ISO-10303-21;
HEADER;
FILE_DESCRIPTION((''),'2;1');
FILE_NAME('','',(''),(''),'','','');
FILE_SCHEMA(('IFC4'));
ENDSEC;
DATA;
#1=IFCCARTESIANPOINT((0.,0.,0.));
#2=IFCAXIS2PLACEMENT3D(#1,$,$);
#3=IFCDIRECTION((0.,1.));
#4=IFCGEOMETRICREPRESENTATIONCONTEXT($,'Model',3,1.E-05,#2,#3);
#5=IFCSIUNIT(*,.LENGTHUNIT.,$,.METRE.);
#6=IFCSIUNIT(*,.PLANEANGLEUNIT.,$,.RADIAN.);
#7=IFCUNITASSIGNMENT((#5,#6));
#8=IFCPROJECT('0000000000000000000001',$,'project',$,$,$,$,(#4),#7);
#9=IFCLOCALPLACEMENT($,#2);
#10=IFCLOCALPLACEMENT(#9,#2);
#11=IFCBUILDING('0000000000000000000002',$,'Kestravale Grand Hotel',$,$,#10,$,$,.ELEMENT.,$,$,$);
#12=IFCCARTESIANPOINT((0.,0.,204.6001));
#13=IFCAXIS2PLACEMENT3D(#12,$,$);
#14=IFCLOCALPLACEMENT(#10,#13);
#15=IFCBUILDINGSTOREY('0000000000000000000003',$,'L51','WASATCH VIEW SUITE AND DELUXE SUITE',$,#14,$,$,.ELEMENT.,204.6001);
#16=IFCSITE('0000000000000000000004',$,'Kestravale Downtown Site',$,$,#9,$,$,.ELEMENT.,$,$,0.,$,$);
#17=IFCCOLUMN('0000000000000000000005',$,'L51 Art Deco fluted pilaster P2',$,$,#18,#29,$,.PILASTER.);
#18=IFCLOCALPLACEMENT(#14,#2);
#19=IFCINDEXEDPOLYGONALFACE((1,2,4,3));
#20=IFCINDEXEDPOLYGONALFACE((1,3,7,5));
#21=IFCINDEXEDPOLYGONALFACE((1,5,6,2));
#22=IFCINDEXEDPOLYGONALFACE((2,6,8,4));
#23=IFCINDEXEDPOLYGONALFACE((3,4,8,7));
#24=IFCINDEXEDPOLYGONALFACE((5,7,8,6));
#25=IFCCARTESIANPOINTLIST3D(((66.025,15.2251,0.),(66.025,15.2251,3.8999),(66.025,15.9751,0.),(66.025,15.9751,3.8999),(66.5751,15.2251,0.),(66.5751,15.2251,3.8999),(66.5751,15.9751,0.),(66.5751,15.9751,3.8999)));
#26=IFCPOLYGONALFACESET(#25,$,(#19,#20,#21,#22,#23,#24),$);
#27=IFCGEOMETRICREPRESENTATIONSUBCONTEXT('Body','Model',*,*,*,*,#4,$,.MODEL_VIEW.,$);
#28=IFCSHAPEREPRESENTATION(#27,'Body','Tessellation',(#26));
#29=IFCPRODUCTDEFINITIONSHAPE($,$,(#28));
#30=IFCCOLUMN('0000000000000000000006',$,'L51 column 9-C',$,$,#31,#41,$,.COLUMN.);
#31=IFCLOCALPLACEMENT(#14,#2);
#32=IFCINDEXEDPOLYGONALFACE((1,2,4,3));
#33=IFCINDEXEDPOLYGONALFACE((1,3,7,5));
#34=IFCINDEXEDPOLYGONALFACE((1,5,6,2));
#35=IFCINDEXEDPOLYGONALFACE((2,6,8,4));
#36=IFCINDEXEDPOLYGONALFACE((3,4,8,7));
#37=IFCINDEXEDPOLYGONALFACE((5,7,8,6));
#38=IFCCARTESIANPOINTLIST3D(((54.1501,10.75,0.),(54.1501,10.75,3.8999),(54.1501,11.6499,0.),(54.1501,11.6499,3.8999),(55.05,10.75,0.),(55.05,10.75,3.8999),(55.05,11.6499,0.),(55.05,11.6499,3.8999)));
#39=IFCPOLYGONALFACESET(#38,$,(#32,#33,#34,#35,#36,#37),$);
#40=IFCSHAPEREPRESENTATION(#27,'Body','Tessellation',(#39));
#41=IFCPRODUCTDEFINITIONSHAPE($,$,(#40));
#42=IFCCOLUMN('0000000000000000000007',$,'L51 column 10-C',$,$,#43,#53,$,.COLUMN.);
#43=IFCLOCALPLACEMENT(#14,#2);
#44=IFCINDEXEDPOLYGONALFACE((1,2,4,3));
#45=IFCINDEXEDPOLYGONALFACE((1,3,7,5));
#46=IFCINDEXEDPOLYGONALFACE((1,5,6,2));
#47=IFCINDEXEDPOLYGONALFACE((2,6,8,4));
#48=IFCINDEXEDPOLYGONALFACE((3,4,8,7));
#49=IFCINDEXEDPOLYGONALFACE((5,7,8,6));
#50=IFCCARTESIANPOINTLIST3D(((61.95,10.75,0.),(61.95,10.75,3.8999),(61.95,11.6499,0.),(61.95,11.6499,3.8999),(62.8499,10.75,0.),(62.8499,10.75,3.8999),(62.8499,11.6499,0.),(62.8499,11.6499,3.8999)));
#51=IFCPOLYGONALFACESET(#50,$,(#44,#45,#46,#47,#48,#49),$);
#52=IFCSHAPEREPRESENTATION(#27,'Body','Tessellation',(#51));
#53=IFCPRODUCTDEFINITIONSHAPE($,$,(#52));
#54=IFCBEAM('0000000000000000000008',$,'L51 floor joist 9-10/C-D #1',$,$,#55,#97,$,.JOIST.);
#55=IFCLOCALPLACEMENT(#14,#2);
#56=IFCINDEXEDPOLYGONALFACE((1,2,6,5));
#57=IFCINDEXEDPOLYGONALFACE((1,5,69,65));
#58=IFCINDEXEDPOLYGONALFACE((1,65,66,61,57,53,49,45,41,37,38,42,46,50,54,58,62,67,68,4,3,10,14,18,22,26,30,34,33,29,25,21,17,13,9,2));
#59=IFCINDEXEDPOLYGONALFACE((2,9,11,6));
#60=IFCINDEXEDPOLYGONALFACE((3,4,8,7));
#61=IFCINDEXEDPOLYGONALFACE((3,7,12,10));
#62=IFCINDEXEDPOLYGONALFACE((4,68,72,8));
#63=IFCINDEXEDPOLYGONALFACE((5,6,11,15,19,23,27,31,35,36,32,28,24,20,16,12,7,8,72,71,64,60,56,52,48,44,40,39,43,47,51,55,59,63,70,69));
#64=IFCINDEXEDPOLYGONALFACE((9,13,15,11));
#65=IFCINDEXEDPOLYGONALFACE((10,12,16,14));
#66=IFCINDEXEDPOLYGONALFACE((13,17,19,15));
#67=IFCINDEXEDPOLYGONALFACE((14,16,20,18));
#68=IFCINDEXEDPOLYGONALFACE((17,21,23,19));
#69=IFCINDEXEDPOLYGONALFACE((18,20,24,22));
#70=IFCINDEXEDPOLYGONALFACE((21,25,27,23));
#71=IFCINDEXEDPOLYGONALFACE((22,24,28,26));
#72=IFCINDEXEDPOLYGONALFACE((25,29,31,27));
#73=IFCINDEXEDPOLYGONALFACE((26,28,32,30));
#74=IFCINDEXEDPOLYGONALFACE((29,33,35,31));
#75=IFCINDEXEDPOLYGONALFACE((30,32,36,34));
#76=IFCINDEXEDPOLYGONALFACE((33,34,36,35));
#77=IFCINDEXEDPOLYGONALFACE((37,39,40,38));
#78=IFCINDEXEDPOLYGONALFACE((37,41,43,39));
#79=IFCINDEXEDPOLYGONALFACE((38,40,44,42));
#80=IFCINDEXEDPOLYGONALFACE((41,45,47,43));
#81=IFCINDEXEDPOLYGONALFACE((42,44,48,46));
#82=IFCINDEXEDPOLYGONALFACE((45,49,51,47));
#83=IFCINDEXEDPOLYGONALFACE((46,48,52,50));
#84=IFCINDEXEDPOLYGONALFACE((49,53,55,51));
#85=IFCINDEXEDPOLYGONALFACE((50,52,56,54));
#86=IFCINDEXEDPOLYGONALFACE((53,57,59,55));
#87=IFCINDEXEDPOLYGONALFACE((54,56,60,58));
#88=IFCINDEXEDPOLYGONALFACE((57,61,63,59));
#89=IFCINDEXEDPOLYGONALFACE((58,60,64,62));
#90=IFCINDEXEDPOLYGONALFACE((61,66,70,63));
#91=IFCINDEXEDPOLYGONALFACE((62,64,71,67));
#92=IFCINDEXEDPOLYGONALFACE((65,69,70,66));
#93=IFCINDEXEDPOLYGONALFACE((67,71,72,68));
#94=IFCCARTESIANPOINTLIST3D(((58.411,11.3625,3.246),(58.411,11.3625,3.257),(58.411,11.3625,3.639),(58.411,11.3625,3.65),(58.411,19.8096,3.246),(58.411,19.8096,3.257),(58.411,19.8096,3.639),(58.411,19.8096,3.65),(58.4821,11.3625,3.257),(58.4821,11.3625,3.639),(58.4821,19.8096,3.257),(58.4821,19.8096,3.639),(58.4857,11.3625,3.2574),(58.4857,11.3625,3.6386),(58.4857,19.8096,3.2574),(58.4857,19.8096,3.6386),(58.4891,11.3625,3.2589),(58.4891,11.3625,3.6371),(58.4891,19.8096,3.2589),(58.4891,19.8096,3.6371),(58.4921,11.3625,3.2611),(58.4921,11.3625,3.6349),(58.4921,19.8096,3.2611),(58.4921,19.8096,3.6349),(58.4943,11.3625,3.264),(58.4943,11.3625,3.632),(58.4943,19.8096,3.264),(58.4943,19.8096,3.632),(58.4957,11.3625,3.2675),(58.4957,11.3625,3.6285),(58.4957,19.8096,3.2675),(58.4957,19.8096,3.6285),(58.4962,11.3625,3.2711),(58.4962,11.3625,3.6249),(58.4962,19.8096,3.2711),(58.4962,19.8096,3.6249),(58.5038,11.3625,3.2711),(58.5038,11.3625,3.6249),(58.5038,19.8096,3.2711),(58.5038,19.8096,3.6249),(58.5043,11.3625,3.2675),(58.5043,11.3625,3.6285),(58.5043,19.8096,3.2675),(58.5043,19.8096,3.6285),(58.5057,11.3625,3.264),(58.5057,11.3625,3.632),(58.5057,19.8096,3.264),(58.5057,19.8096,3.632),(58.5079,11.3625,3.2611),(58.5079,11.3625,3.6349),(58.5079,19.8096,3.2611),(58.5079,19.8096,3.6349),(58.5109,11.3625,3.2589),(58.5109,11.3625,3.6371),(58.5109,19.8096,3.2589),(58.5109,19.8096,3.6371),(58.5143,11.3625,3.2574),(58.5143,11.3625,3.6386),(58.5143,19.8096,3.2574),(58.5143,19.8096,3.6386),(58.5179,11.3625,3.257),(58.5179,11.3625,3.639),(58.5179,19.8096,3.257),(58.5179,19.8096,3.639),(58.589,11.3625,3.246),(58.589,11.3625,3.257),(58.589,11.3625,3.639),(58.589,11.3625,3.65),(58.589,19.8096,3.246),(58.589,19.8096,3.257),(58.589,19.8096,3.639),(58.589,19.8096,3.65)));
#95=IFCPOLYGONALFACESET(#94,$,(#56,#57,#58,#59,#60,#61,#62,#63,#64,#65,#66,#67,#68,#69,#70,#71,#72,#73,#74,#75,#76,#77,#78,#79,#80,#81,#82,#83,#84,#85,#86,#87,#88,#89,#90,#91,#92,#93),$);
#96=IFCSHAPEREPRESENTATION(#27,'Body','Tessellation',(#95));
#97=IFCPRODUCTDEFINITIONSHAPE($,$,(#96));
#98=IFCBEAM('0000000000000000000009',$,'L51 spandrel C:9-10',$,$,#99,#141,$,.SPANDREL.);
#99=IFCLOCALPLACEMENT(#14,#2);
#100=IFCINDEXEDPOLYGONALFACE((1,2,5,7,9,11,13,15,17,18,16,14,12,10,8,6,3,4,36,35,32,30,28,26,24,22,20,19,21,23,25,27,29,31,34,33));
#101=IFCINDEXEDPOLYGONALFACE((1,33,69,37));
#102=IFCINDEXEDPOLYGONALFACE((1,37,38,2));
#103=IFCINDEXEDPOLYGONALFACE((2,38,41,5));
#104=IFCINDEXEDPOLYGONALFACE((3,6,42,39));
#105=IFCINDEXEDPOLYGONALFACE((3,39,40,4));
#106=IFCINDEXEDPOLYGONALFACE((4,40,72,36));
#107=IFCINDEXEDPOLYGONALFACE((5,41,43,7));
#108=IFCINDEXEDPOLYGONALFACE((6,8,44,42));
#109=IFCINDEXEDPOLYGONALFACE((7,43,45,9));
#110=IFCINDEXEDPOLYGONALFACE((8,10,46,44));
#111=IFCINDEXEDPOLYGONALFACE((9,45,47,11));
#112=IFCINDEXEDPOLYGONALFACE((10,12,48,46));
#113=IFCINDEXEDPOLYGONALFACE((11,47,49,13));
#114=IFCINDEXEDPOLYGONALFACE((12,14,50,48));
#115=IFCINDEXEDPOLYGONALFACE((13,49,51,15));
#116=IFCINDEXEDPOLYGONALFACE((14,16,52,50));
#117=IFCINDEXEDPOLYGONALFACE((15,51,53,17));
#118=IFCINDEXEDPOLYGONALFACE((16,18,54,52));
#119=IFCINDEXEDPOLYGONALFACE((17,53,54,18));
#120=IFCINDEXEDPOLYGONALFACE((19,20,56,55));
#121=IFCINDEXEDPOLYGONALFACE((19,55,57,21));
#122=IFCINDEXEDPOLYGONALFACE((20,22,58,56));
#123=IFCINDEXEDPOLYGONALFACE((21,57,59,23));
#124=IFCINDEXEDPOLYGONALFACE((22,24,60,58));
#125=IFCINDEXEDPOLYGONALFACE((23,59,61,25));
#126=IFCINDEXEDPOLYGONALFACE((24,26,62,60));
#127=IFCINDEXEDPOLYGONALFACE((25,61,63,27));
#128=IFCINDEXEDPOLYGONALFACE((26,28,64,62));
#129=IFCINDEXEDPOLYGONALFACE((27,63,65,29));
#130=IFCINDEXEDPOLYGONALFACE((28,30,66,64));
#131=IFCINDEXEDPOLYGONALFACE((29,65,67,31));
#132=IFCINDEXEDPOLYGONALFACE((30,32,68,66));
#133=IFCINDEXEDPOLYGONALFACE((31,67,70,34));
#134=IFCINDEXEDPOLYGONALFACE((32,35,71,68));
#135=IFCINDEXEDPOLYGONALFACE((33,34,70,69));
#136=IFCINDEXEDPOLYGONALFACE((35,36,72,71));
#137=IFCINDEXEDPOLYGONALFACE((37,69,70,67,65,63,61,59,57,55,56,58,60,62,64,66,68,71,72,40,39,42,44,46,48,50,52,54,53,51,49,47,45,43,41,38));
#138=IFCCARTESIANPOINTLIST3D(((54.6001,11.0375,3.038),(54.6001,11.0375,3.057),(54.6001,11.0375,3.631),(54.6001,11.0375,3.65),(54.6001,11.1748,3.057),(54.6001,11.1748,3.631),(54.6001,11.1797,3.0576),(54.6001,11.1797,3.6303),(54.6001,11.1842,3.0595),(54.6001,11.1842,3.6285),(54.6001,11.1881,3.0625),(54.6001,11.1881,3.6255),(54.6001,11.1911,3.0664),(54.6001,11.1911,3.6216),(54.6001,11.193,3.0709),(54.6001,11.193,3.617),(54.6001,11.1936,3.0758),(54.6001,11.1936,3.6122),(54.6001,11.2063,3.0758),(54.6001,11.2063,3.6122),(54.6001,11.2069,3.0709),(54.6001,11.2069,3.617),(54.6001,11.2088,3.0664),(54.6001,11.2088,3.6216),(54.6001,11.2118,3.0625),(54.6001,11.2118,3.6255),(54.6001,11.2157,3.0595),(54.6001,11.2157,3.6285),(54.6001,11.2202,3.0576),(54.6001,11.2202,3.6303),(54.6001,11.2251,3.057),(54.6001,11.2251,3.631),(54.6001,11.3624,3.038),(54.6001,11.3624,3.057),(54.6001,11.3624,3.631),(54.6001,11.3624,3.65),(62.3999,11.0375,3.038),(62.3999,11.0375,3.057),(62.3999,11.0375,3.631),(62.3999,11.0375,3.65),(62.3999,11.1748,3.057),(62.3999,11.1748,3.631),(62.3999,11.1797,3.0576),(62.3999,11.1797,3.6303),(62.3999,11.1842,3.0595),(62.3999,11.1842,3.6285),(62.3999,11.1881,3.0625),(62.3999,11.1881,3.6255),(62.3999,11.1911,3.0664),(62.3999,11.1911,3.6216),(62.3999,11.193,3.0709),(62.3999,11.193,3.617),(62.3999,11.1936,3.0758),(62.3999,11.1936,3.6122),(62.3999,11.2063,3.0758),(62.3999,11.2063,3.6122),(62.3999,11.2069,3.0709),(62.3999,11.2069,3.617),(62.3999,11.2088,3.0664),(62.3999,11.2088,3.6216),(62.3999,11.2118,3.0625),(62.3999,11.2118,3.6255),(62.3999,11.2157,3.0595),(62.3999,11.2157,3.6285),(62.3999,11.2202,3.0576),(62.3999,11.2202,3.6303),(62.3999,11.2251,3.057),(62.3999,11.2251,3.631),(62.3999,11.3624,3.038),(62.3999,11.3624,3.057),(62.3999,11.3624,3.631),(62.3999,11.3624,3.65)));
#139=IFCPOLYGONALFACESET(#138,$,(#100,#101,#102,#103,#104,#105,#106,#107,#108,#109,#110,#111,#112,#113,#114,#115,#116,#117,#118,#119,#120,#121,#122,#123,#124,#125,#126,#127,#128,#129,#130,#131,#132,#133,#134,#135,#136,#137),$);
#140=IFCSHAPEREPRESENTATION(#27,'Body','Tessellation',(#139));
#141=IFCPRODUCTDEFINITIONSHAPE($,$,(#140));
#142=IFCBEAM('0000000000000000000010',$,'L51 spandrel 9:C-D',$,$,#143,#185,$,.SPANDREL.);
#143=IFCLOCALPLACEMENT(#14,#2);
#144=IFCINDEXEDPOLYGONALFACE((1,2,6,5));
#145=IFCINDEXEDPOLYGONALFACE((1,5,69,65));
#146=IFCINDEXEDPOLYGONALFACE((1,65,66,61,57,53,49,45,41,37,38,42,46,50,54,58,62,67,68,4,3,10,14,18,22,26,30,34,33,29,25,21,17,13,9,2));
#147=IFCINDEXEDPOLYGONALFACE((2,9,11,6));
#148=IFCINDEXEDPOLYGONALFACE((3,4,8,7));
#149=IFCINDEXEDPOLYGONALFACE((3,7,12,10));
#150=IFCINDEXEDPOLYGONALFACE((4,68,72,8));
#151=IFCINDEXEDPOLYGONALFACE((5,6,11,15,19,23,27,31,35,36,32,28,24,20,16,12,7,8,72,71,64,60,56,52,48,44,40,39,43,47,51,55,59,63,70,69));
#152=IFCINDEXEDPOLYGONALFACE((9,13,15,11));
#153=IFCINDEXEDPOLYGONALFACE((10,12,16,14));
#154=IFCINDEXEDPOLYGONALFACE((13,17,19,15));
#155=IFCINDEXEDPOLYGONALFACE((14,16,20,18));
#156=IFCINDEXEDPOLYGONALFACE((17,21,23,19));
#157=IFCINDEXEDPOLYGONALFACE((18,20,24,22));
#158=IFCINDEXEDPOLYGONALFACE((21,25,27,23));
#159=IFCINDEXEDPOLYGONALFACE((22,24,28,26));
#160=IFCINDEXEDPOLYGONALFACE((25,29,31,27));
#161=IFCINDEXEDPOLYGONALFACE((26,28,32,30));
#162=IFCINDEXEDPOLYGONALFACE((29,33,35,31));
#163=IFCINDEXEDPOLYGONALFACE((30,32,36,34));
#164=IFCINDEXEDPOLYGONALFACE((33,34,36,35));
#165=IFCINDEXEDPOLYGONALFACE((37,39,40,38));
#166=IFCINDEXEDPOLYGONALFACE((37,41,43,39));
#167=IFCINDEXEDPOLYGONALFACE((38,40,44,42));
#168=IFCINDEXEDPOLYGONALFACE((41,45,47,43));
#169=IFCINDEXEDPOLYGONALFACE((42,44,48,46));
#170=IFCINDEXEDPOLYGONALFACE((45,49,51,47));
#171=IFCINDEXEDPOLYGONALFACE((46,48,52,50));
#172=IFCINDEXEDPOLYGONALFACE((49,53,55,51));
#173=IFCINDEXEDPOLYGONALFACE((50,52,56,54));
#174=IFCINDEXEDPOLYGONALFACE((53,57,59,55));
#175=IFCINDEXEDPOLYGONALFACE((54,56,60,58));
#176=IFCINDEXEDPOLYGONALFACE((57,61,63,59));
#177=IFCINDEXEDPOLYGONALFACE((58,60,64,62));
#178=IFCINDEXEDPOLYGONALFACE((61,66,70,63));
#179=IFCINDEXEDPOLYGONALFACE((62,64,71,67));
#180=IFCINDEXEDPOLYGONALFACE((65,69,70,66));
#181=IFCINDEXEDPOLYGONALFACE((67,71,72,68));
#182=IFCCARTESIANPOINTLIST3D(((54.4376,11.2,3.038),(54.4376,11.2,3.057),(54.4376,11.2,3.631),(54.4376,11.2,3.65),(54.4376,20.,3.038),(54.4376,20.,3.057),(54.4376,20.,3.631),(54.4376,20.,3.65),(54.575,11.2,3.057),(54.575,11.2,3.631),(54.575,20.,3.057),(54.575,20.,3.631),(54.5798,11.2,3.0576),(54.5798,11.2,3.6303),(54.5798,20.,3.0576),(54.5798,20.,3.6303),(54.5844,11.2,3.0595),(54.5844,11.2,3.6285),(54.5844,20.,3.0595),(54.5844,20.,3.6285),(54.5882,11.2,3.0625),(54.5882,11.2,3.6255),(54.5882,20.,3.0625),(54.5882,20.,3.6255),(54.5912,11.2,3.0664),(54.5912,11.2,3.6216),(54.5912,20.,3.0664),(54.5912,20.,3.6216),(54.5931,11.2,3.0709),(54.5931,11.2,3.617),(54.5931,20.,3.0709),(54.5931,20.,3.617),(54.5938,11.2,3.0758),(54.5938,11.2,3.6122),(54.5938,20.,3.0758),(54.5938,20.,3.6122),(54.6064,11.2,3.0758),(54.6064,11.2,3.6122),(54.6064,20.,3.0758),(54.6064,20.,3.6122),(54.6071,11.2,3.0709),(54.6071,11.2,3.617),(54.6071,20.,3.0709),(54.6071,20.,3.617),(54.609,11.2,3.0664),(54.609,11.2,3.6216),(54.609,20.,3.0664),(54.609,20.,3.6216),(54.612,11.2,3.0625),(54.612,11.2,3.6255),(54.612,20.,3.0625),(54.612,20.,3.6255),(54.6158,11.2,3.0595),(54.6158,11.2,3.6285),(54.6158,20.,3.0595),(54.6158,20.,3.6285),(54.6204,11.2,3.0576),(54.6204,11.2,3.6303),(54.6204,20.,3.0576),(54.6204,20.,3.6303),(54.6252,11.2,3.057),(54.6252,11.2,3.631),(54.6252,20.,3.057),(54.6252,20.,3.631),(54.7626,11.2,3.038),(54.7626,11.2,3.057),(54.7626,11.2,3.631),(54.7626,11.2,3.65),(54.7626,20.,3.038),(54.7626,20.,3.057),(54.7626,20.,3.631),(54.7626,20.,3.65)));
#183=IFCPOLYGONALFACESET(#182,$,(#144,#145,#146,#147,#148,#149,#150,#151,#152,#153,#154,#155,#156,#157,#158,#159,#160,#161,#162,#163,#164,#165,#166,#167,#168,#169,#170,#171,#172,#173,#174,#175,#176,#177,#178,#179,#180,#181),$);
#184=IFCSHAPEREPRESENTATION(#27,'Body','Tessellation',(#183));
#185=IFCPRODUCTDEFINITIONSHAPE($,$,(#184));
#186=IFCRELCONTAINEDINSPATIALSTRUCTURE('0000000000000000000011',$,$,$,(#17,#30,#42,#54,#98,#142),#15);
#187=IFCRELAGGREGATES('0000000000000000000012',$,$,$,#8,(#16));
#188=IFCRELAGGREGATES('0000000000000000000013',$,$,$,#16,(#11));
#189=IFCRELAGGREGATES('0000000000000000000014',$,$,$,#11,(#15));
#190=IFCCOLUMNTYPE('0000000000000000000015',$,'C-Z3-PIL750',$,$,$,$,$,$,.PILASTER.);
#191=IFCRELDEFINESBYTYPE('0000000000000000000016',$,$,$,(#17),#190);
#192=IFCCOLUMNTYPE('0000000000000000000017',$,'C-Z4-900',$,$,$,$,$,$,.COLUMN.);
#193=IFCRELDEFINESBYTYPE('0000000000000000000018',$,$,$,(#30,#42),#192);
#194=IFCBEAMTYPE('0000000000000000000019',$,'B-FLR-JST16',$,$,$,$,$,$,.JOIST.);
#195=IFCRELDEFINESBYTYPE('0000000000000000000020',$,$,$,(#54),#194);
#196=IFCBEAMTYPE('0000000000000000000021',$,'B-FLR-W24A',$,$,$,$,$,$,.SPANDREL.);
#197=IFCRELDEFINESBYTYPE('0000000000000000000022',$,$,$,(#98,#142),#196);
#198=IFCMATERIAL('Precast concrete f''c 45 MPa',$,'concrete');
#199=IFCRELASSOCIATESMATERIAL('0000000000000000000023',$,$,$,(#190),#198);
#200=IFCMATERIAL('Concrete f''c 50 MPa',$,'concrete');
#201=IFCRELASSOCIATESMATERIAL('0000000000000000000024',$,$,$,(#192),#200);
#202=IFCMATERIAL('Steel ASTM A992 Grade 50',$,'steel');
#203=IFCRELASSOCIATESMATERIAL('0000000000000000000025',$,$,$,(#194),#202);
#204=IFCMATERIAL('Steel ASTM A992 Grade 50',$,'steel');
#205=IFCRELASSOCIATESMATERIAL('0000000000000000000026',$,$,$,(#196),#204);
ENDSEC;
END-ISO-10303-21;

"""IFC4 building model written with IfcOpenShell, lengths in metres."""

from ifc_helpers import new_model, si_unit, direction, frame, origin, origin_2d, place, context, subcontext, project, spatial, rectangle, i_section, extrude, material, material_profile, profile_set, type_object, element, save


model = new_model("IFC4")

# Units and contexts
model_context = context("Model", 3, precision=1e-05, world=origin(), true_north=direction((0.0, 1.0)))
body_context = subcontext(model_context, "Body", "Model", "MODEL_VIEW")
ifc_project = project(units=[si_unit("LENGTHUNIT", "METRE"), si_unit("PLANEANGLEUNIT", "RADIAN")], contexts=[model_context])

# Site, building, storey
site_placement = place(None, origin())
site = spatial("IfcSite", under=ifc_project, at=site_placement, Name="Kestravale Downtown Site", CompositionType="ELEMENT", RefElevation=0.0)
building_placement = place(site_placement, origin())
building = spatial("IfcBuilding", under=site, at=building_placement, Name="Kestravale Grand Hotel", CompositionType="ELEMENT")
storey_placement = place(building_placement, frame((0.0, 0.0, 204.6001)))
storey = spatial("IfcBuildingStorey", under=building, at=storey_placement, Name="L51", Description="WASATCH VIEW SUITE AND DELUXE SUITE", CompositionType="ELEMENT", Elevation=204.6001)

# Columns
ifc_material_1 = material(Name="Precast concrete f'c 45 MPa", Category="concrete")
ifc_material_profile_1 = material_profile(ifc_material_1, rectangle(XDim=0.55, YDim=0.75, at=origin_2d()))
ifc_profile_set_1 = profile_set([ifc_material_profile_1], Name="Precast concrete f'c 45 MPa")
column_type_1 = type_object("IfcColumnType", Name="C-Z3-PIL750", PredefinedType="PILASTER", material=ifc_profile_set_1)
column_placement = place(storey_placement, frame((66.3, 15.6001, 0.0), z_axis=(0.0, 0.0, 1.0), x_axis=(1.0, 0.0, 0.0)))
element("IfcColumn", 1, at=column_placement, inside=storey, type_object=column_type_1, Name="L51 Art Deco fluted pilaster P2", PredefinedType="PILASTER", context=body_context, shape_type="SweptSolid", body=[
    extrude(rectangle(XDim=0.55, YDim=0.75, at=origin_2d()), origin(), (0.0, 0.0, 1.0), 3.8999),
])
ifc_material_2 = material(Name="Concrete f'c 50 MPa", Category="concrete")
ifc_material_profile_2 = material_profile(ifc_material_2, rectangle(XDim=0.8999, YDim=0.8999, at=origin_2d()))
ifc_profile_set_2 = profile_set([ifc_material_profile_2], Name="Concrete f'c 50 MPa")
column_type_2 = type_object("IfcColumnType", Name="C-Z4-900", PredefinedType="COLUMN", material=ifc_profile_set_2)
for number, where, z_axis, x_axis, name in (
    (2, (54.6001, 11.2, 0.0), (0.0, 0.0, 1.0), (1.0, 0.0, 0.0), "L51 column 9-C"),
    (3, (62.3999, 11.2, 0.0), (0.0, 0.0, 1.0), (1.0, 0.0, 0.0), "L51 column 10-C"),
):
    element("IfcColumn", number, at=place(storey_placement, frame(where, z_axis=z_axis, x_axis=x_axis)), inside=storey, type_object=column_type_2, Name=name, PredefinedType="COLUMN", context=body_context, shape_type="SweptSolid", body=[
        extrude(rectangle(XDim=0.8999, YDim=0.8999, at=origin_2d()), origin(), (0.0, 0.0, 1.0), 3.8999),
    ])

# Beams
ifc_material_3 = material(Name="Steel ASTM A992 Grade 50", Category="steel")
ifc_material_profile_3 = material_profile(ifc_material_3, i_section(OverallWidth=0.178, OverallDepth=0.4041, WebThickness=0.0076, FlangeThickness=0.011, FilletRadius=0.0142, at=origin_2d()))
ifc_profile_set_3 = profile_set([ifc_material_profile_3], Name="Steel ASTM A992 Grade 50")
beam_type_1 = type_object("IfcBeamType", Name="B-FLR-JST16", PredefinedType="JOIST", material=ifc_profile_set_3)
beam_1_placement = place(storey_placement, frame((58.5, 11.3625, 3.448), z_axis=(0.0, 1.0, 0.0), x_axis=(-1.0, 0.0, 0.0)))
element("IfcBeam", 4, at=beam_1_placement, inside=storey, type_object=beam_type_1, Name="L51 floor joist 9-10/C-D #1", PredefinedType="JOIST", context=body_context, shape_type="SweptSolid", body=[
    extrude(i_section(OverallWidth=0.178, OverallDepth=0.4041, WebThickness=0.0076, FlangeThickness=0.011, FilletRadius=0.0142, at=origin_2d()), origin(), (0.0, 0.0, 1.0), 8.447),
])
ifc_material_4 = material(Name="Steel ASTM A992 Grade 50", Category="steel")
ifc_material_profile_4 = material_profile(ifc_material_4, i_section(OverallWidth=0.325, OverallDepth=0.6121, WebThickness=0.0127, FlangeThickness=0.019, FilletRadius=0.0188, at=origin_2d()))
ifc_profile_set_4 = profile_set([ifc_material_profile_4], Name="Steel ASTM A992 Grade 50")
beam_type_2 = type_object("IfcBeamType", Name="B-FLR-W24A", PredefinedType="SPANDREL", material=ifc_profile_set_4)
beam_2_placement = place(storey_placement, frame((54.6001, 11.2, 3.344), z_axis=(1.0, 0.0, 0.0), x_axis=(0.0, 1.0, 0.0)))
element("IfcBeam", 5, at=beam_2_placement, inside=storey, type_object=beam_type_2, Name="L51 spandrel C:9-10", PredefinedType="SPANDREL", context=body_context, shape_type="SweptSolid", body=[
    extrude(i_section(OverallWidth=0.325, OverallDepth=0.6121, WebThickness=0.0127, FlangeThickness=0.019, FilletRadius=0.0188, at=origin_2d()), origin(), (0.0, 0.0, 1.0), 7.7998),
])
for number, where, z_axis, x_axis, name in (
    (6, (54.6001, 11.2, 3.344), (0.0, 1.0, 0.0), (-1.0, 0.0, 0.0), "L51 spandrel 9:C-D"),
):
    element("IfcBeam", number, at=place(storey_placement, frame(where, z_axis=z_axis, x_axis=x_axis)), inside=storey, type_object=beam_type_2, Name=name, PredefinedType="SPANDREL", context=body_context, shape_type="SweptSolid", body=[
        extrude(i_section(OverallWidth=0.325, OverallDepth=0.6121, WebThickness=0.0127, FlangeThickness=0.019, FilletRadius=0.0188, at=origin_2d()), origin(), (0.0, 0.0, 1.0), 8.8),
    ])

save(model, "model.ifc")
